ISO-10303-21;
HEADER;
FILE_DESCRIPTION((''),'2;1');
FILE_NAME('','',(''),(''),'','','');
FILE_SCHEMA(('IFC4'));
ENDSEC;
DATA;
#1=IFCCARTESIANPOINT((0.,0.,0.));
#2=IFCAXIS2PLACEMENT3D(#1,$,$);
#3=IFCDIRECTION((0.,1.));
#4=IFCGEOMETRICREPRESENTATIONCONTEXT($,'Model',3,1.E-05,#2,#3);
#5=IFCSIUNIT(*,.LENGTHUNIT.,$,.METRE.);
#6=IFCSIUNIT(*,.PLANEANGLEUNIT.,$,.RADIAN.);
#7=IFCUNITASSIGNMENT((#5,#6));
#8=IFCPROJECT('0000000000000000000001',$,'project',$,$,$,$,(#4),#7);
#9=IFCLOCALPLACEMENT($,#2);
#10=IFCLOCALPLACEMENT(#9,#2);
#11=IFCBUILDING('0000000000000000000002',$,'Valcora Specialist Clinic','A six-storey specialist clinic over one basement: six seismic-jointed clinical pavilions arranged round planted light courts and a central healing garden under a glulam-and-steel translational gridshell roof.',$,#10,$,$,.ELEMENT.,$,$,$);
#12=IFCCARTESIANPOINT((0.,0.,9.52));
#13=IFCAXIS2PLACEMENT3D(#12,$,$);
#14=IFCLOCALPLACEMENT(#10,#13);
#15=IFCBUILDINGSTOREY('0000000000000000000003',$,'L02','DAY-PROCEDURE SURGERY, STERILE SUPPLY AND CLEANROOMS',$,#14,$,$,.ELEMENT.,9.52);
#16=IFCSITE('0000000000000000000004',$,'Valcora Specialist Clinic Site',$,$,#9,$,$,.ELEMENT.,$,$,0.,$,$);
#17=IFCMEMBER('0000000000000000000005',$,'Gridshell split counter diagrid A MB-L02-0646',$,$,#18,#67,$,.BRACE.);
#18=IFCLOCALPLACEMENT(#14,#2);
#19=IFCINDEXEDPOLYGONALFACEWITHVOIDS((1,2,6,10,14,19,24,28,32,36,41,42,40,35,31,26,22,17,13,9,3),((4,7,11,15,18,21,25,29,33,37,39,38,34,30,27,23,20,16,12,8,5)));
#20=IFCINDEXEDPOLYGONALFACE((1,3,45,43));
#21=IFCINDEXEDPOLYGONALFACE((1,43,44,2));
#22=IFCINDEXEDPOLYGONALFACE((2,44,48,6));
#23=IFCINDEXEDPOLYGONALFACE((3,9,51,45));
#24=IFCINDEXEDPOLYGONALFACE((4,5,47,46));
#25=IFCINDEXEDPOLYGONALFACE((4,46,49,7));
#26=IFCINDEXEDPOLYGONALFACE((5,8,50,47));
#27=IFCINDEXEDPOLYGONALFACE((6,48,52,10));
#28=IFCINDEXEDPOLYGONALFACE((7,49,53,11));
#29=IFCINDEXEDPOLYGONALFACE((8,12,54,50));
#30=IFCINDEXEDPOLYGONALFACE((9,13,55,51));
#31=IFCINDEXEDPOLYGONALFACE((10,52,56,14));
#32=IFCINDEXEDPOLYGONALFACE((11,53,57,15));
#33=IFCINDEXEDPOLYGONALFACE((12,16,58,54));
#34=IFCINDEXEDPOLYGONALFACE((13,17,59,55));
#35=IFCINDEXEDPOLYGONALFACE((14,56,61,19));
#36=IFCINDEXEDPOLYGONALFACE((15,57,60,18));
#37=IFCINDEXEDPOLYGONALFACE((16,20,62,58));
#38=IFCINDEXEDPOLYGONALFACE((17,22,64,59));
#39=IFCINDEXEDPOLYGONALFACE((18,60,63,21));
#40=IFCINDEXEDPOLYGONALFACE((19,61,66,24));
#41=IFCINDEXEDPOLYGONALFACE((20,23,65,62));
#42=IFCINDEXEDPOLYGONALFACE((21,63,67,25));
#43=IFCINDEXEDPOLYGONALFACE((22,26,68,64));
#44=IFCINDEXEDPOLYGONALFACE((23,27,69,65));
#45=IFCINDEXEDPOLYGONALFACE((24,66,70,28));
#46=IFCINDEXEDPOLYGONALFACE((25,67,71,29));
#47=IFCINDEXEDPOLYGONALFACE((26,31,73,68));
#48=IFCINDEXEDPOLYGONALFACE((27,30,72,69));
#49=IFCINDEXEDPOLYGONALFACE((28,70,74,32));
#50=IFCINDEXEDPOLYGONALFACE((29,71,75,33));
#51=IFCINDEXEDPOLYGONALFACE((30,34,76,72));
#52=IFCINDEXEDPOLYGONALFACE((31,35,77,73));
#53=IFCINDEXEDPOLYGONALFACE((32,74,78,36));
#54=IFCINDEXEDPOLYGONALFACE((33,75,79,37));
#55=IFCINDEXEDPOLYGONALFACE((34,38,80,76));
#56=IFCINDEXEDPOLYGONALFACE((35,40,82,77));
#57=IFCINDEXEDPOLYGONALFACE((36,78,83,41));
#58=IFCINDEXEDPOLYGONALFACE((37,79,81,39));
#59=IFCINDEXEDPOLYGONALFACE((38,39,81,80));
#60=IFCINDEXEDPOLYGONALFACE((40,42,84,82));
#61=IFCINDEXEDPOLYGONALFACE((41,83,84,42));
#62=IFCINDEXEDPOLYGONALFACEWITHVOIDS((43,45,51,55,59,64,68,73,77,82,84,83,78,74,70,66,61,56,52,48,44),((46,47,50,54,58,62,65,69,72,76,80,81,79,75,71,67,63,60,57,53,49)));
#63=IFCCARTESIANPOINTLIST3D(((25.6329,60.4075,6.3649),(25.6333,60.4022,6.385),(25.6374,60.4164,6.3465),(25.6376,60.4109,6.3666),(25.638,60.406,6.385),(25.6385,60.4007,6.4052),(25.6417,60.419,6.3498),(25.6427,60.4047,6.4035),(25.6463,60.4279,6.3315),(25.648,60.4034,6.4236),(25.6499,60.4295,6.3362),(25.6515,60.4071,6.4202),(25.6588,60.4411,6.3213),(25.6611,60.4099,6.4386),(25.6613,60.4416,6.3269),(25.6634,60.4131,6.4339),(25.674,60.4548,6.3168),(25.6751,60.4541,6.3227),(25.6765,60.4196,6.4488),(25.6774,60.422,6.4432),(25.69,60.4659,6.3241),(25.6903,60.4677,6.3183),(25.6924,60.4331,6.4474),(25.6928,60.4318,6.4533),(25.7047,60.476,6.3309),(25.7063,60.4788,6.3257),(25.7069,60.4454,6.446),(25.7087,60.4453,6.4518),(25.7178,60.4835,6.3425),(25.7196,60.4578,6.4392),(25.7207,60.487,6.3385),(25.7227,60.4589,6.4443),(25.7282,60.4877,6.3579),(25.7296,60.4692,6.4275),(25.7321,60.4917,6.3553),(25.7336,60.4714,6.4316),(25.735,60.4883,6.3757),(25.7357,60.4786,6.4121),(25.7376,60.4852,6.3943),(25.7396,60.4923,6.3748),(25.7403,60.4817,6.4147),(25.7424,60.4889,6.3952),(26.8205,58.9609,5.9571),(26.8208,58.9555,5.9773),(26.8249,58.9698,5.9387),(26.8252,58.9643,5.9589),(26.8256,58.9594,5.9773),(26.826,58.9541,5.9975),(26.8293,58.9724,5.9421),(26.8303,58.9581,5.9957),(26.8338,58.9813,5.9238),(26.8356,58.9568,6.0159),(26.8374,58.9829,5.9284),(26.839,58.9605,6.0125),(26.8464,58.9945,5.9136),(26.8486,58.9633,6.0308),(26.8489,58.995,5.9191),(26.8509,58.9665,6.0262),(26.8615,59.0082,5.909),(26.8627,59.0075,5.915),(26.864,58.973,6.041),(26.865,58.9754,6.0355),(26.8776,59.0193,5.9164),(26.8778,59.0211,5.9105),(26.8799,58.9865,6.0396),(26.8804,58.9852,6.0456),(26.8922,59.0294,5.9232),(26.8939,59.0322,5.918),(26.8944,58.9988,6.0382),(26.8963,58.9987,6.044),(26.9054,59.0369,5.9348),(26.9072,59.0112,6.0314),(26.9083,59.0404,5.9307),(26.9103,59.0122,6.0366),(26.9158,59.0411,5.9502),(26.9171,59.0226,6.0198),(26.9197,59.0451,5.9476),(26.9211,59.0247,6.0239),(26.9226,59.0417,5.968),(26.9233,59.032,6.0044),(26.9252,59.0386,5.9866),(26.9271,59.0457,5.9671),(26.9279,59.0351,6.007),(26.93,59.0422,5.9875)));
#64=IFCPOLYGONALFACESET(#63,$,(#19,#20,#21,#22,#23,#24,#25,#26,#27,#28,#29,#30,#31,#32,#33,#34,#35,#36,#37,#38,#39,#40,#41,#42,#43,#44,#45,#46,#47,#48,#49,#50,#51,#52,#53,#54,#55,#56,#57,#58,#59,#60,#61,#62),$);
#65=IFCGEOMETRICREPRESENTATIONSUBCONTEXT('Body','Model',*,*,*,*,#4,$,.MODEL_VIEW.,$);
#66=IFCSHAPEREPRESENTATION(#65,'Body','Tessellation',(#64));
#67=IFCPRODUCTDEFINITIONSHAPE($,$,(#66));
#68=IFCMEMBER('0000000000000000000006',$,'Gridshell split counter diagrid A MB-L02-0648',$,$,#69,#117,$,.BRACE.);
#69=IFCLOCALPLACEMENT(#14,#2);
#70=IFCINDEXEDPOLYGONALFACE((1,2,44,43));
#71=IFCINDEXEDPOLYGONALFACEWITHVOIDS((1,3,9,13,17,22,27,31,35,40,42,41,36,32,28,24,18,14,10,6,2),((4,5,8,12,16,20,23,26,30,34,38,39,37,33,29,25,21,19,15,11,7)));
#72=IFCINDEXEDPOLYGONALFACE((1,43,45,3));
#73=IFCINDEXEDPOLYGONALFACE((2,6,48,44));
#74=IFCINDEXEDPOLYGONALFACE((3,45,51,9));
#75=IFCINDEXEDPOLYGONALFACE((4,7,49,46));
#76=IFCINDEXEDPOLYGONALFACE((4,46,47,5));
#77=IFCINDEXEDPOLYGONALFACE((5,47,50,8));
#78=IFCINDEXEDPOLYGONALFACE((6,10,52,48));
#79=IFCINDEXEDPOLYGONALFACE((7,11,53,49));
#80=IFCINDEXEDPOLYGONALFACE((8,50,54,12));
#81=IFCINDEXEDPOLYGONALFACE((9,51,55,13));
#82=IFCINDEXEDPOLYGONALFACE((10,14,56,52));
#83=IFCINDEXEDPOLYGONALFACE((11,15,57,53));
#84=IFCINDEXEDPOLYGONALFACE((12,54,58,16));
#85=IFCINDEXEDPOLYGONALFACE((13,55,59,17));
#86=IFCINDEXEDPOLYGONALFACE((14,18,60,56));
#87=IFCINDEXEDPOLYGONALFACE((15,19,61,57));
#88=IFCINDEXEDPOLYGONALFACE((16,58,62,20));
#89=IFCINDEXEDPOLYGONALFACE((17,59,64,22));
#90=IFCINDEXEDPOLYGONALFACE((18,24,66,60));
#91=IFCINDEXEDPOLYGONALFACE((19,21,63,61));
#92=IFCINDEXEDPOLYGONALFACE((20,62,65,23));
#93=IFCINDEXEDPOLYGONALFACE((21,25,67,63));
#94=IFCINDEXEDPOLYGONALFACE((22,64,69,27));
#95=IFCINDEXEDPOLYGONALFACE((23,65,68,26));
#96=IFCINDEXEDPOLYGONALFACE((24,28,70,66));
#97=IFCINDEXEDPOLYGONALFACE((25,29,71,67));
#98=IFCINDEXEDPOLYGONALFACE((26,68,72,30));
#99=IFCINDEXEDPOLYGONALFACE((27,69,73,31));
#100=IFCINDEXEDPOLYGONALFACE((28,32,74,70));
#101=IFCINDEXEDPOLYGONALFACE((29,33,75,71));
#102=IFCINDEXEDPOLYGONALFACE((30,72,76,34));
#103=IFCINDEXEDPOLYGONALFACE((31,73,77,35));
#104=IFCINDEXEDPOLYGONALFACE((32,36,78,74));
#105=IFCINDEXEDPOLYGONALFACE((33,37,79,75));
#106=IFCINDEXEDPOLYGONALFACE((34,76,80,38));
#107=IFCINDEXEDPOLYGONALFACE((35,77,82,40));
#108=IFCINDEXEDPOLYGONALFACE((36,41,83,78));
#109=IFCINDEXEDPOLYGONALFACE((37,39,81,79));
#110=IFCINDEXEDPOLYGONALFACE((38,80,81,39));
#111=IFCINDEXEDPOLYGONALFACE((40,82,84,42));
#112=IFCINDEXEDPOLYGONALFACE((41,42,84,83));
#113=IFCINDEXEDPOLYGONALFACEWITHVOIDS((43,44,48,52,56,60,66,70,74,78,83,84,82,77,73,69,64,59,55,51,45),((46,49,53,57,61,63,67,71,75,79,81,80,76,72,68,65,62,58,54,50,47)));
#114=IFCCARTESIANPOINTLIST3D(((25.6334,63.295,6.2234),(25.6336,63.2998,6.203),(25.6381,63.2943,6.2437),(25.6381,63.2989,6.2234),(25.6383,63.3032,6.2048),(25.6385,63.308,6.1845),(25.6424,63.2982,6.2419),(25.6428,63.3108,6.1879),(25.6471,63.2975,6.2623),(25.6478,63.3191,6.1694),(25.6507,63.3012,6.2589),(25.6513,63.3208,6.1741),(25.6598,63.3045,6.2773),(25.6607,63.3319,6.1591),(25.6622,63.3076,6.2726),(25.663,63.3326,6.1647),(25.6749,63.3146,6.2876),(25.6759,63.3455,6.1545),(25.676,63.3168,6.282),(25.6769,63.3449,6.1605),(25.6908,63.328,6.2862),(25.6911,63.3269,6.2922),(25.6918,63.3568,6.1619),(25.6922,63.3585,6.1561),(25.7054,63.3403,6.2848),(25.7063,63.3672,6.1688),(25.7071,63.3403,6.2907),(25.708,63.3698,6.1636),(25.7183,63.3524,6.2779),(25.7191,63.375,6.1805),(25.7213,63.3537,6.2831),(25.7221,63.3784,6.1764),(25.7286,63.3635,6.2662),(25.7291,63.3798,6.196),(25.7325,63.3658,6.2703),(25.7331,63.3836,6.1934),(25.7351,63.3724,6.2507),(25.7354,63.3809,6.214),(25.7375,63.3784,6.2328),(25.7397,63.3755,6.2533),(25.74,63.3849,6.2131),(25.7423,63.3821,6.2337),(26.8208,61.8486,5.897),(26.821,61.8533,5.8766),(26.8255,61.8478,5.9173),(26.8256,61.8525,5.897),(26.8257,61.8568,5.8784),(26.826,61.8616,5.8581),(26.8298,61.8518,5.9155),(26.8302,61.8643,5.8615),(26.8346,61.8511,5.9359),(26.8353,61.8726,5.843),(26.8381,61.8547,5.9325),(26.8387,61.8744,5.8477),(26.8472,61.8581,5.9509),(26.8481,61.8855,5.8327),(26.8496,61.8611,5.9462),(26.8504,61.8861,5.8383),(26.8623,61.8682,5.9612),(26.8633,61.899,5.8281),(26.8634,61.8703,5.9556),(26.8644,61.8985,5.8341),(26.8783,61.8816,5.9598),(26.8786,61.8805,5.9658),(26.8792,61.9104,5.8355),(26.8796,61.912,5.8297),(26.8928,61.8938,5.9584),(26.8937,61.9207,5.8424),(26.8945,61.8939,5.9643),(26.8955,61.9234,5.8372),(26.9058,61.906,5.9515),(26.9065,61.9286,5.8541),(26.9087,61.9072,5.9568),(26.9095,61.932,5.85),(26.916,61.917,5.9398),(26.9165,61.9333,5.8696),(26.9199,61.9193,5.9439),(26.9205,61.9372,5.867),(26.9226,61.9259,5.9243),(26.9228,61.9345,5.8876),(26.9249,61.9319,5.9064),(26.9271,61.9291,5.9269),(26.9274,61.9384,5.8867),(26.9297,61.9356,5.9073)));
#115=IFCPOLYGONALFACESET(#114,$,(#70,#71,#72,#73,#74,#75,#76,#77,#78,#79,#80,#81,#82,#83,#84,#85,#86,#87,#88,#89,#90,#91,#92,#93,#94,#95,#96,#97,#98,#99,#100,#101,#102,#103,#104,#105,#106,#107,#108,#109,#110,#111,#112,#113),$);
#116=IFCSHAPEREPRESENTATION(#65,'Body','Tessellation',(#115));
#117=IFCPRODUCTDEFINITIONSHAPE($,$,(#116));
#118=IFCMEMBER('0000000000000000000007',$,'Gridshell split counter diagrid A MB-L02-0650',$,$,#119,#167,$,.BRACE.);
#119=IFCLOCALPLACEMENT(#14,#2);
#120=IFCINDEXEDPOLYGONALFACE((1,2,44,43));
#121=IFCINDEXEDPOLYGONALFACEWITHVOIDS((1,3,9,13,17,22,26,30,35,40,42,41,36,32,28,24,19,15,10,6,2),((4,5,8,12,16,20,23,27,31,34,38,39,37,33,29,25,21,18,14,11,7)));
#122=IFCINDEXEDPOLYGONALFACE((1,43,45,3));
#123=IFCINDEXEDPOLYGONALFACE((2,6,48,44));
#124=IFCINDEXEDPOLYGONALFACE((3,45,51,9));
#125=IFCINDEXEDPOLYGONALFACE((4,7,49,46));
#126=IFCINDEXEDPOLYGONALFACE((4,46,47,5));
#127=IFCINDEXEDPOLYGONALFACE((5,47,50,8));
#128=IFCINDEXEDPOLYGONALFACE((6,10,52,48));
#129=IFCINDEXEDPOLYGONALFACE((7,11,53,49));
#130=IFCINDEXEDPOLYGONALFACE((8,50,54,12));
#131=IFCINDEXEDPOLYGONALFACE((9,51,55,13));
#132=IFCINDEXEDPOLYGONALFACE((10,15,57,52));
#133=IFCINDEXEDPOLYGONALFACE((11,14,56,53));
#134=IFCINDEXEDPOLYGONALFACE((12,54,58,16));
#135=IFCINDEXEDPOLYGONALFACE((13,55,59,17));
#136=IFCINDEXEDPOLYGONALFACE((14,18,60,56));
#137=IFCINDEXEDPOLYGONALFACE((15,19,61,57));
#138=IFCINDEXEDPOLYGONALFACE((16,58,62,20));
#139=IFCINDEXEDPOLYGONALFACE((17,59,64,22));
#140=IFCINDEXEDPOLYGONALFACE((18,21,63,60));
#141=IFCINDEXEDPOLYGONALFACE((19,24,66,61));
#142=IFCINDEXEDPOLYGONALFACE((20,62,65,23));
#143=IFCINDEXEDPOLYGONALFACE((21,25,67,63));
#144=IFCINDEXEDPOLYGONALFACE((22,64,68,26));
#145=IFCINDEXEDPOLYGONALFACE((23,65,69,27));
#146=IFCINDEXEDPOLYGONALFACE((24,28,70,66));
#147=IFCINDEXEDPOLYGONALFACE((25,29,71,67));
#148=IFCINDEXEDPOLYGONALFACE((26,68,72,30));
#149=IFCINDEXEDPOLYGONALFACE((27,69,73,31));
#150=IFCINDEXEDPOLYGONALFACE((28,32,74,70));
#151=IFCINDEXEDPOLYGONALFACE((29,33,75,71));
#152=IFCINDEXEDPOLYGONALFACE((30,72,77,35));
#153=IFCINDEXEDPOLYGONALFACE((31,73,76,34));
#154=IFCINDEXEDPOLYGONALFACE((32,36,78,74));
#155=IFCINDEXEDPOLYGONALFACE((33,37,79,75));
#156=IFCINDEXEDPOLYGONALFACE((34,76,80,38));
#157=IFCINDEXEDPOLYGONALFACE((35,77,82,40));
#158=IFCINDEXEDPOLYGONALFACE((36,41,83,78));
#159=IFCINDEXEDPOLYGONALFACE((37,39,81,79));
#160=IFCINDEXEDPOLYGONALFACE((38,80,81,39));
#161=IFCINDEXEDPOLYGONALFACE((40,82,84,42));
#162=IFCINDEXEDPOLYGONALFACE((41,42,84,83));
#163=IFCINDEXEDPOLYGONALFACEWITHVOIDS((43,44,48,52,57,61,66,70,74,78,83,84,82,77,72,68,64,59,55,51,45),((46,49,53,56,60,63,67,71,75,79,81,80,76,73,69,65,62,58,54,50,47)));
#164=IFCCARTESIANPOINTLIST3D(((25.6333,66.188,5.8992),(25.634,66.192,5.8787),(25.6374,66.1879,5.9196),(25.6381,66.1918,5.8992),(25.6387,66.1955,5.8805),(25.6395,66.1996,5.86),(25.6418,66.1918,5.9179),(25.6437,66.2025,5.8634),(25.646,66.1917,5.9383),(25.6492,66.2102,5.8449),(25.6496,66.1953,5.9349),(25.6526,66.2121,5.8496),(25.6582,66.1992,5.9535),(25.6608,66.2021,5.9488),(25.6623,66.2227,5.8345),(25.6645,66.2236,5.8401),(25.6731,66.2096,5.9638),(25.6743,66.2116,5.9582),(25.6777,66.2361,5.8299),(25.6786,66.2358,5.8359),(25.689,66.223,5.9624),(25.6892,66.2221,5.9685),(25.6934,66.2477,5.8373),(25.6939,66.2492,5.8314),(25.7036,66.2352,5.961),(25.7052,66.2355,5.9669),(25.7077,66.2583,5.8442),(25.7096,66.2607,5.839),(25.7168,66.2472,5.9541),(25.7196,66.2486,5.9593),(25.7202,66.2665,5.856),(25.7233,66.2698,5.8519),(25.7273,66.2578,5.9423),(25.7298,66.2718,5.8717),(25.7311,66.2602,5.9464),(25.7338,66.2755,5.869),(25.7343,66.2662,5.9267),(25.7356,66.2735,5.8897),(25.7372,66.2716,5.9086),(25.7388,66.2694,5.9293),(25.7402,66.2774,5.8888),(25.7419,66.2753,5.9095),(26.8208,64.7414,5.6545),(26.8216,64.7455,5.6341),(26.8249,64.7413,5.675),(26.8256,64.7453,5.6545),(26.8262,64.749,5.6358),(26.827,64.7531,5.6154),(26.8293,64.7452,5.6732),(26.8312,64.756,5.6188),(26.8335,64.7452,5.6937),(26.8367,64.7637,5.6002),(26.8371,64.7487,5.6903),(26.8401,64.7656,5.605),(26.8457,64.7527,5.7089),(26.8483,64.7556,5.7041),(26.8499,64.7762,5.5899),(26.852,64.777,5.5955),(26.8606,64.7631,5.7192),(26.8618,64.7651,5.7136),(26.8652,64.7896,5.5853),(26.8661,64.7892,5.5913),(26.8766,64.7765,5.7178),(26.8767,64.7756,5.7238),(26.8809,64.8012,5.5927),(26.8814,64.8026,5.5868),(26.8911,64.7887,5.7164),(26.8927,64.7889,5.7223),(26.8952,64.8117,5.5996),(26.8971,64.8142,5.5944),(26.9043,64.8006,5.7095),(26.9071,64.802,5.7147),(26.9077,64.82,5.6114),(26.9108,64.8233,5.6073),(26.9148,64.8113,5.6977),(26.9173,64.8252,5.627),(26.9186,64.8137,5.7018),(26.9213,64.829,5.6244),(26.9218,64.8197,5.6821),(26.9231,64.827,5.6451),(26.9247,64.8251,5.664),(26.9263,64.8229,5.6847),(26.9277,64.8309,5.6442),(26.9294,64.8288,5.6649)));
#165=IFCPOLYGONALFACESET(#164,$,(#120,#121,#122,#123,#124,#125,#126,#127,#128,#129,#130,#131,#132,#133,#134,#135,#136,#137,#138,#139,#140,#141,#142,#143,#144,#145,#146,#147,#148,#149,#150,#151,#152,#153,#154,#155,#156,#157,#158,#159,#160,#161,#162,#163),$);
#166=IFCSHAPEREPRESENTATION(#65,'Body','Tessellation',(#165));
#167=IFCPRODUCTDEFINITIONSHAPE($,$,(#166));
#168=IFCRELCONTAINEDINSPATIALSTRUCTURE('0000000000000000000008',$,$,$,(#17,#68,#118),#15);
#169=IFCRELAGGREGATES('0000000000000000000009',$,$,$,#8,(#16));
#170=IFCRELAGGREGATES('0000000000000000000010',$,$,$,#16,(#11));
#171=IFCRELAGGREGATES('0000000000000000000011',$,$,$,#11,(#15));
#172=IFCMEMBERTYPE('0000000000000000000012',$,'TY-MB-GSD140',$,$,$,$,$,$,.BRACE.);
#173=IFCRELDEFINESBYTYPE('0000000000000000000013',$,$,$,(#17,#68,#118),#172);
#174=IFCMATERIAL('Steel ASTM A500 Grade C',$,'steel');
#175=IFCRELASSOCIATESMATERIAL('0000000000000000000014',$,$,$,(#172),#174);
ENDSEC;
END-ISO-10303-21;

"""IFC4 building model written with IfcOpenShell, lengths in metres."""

from ifc_helpers import new_model, si_unit, direction, frame, origin, origin_2d, place, context, subcontext, project, spatial, hollow_circle, extrude, material, material_profile, profile_set, type_object, element, save


model = new_model("IFC4")

# Units and contexts
model_context = context("Model", 3, precision=1e-05, world=origin(), true_north=direction((0.0, 1.0)))
body_context = subcontext(model_context, "Body", "Model", "MODEL_VIEW")
ifc_project = project(units=[si_unit("LENGTHUNIT", "METRE"), si_unit("PLANEANGLEUNIT", "RADIAN")], contexts=[model_context])

# Site, building, storey
site_placement = place(None, origin())
site = spatial("IfcSite", under=ifc_project, at=site_placement, Name="Valcora Specialist Clinic Site", CompositionType="ELEMENT", RefElevation=0.0)
building_placement = place(site_placement, origin())
building = spatial("IfcBuilding", under=site, at=building_placement, Name="Valcora Specialist Clinic", Description="A six-storey specialist clinic over one basement: six seismic-jointed clinical pavilions arranged round planted light courts and a central healing garden under a glulam-and-steel translational gridshell roof.", CompositionType="ELEMENT")
storey_placement = place(building_placement, frame((0.0, 0.0, 9.52)))
storey = spatial("IfcBuildingStorey", under=building, at=storey_placement, Name="L02", Description="DAY-PROCEDURE SURGERY, STERILE SUPPLY AND CLEANROOMS", CompositionType="ELEMENT", Elevation=9.52)

# Members
ifc_material_1 = material(Name="Steel ASTM A500 Grade C", Category="steel")
ifc_material_profile_1 = material_profile(ifc_material_1, hollow_circle(Radius=0.0701, WallThickness=0.0061, at=origin_2d()), Name="ST-CHS-140X6")
ifc_profile_set_1 = profile_set([ifc_material_profile_1], Name="Steel ASTM A500 Grade C")
member_type_1 = type_object("IfcMemberType", Name="TY-MB-GSD140", PredefinedType="BRACE", material=ifc_profile_set_1)
member_1_placement = place(storey_placement, frame((26.875, 59.0, 5.9773), z_axis=(-0.619967, 0.755203, 0.212859), x_axis=(-0.772916, -0.634508, 0.0)))
element("IfcMember", 1, at=member_1_placement, inside=storey, type_object=member_type_1, Name="Gridshell split counter diagrid A MB-L02-0646", PredefinedType="BRACE", context=body_context, shape_type="SweptSolid", body=[
    extrude(hollow_circle(Radius=0.0701, WallThickness=0.0061, at=origin_2d()), origin(), (0.0, 0.0, 1.0), 1.9155),
])
member_2_placement = place(storey_placement, frame((26.875, 61.8931, 5.897), z_axis=(-0.625073, 0.761422, 0.171818), x_axis=(-0.772916, -0.634508, 0.0)))
element("IfcMember", 2, at=member_2_placement, inside=storey, type_object=member_type_1, Name="Gridshell split counter diagrid A MB-L02-0648", PredefinedType="BRACE", context=body_context, shape_type="SweptSolid", body=[
    extrude(hollow_circle(Radius=0.0701, WallThickness=0.0061, at=origin_2d()), origin(), (0.0, 0.0, 1.0), 1.8997),
])
member_3_placement = place(storey_placement, frame((26.875, 64.7859, 5.6545), z_axis=(-0.629157, 0.766397, 0.129608), x_axis=(-0.772916, -0.634508, 0.0)))
element("IfcMember", 3, at=member_3_placement, inside=storey, type_object=member_type_1, Name="Gridshell split counter diagrid A MB-L02-0650", PredefinedType="BRACE", context=body_context, shape_type="SweptSolid", body=[
    extrude(hollow_circle(Radius=0.0701, WallThickness=0.0061, at=origin_2d()), origin(), (0.0, 0.0, 1.0), 1.8875),
])

save(model, "model.ifc")
